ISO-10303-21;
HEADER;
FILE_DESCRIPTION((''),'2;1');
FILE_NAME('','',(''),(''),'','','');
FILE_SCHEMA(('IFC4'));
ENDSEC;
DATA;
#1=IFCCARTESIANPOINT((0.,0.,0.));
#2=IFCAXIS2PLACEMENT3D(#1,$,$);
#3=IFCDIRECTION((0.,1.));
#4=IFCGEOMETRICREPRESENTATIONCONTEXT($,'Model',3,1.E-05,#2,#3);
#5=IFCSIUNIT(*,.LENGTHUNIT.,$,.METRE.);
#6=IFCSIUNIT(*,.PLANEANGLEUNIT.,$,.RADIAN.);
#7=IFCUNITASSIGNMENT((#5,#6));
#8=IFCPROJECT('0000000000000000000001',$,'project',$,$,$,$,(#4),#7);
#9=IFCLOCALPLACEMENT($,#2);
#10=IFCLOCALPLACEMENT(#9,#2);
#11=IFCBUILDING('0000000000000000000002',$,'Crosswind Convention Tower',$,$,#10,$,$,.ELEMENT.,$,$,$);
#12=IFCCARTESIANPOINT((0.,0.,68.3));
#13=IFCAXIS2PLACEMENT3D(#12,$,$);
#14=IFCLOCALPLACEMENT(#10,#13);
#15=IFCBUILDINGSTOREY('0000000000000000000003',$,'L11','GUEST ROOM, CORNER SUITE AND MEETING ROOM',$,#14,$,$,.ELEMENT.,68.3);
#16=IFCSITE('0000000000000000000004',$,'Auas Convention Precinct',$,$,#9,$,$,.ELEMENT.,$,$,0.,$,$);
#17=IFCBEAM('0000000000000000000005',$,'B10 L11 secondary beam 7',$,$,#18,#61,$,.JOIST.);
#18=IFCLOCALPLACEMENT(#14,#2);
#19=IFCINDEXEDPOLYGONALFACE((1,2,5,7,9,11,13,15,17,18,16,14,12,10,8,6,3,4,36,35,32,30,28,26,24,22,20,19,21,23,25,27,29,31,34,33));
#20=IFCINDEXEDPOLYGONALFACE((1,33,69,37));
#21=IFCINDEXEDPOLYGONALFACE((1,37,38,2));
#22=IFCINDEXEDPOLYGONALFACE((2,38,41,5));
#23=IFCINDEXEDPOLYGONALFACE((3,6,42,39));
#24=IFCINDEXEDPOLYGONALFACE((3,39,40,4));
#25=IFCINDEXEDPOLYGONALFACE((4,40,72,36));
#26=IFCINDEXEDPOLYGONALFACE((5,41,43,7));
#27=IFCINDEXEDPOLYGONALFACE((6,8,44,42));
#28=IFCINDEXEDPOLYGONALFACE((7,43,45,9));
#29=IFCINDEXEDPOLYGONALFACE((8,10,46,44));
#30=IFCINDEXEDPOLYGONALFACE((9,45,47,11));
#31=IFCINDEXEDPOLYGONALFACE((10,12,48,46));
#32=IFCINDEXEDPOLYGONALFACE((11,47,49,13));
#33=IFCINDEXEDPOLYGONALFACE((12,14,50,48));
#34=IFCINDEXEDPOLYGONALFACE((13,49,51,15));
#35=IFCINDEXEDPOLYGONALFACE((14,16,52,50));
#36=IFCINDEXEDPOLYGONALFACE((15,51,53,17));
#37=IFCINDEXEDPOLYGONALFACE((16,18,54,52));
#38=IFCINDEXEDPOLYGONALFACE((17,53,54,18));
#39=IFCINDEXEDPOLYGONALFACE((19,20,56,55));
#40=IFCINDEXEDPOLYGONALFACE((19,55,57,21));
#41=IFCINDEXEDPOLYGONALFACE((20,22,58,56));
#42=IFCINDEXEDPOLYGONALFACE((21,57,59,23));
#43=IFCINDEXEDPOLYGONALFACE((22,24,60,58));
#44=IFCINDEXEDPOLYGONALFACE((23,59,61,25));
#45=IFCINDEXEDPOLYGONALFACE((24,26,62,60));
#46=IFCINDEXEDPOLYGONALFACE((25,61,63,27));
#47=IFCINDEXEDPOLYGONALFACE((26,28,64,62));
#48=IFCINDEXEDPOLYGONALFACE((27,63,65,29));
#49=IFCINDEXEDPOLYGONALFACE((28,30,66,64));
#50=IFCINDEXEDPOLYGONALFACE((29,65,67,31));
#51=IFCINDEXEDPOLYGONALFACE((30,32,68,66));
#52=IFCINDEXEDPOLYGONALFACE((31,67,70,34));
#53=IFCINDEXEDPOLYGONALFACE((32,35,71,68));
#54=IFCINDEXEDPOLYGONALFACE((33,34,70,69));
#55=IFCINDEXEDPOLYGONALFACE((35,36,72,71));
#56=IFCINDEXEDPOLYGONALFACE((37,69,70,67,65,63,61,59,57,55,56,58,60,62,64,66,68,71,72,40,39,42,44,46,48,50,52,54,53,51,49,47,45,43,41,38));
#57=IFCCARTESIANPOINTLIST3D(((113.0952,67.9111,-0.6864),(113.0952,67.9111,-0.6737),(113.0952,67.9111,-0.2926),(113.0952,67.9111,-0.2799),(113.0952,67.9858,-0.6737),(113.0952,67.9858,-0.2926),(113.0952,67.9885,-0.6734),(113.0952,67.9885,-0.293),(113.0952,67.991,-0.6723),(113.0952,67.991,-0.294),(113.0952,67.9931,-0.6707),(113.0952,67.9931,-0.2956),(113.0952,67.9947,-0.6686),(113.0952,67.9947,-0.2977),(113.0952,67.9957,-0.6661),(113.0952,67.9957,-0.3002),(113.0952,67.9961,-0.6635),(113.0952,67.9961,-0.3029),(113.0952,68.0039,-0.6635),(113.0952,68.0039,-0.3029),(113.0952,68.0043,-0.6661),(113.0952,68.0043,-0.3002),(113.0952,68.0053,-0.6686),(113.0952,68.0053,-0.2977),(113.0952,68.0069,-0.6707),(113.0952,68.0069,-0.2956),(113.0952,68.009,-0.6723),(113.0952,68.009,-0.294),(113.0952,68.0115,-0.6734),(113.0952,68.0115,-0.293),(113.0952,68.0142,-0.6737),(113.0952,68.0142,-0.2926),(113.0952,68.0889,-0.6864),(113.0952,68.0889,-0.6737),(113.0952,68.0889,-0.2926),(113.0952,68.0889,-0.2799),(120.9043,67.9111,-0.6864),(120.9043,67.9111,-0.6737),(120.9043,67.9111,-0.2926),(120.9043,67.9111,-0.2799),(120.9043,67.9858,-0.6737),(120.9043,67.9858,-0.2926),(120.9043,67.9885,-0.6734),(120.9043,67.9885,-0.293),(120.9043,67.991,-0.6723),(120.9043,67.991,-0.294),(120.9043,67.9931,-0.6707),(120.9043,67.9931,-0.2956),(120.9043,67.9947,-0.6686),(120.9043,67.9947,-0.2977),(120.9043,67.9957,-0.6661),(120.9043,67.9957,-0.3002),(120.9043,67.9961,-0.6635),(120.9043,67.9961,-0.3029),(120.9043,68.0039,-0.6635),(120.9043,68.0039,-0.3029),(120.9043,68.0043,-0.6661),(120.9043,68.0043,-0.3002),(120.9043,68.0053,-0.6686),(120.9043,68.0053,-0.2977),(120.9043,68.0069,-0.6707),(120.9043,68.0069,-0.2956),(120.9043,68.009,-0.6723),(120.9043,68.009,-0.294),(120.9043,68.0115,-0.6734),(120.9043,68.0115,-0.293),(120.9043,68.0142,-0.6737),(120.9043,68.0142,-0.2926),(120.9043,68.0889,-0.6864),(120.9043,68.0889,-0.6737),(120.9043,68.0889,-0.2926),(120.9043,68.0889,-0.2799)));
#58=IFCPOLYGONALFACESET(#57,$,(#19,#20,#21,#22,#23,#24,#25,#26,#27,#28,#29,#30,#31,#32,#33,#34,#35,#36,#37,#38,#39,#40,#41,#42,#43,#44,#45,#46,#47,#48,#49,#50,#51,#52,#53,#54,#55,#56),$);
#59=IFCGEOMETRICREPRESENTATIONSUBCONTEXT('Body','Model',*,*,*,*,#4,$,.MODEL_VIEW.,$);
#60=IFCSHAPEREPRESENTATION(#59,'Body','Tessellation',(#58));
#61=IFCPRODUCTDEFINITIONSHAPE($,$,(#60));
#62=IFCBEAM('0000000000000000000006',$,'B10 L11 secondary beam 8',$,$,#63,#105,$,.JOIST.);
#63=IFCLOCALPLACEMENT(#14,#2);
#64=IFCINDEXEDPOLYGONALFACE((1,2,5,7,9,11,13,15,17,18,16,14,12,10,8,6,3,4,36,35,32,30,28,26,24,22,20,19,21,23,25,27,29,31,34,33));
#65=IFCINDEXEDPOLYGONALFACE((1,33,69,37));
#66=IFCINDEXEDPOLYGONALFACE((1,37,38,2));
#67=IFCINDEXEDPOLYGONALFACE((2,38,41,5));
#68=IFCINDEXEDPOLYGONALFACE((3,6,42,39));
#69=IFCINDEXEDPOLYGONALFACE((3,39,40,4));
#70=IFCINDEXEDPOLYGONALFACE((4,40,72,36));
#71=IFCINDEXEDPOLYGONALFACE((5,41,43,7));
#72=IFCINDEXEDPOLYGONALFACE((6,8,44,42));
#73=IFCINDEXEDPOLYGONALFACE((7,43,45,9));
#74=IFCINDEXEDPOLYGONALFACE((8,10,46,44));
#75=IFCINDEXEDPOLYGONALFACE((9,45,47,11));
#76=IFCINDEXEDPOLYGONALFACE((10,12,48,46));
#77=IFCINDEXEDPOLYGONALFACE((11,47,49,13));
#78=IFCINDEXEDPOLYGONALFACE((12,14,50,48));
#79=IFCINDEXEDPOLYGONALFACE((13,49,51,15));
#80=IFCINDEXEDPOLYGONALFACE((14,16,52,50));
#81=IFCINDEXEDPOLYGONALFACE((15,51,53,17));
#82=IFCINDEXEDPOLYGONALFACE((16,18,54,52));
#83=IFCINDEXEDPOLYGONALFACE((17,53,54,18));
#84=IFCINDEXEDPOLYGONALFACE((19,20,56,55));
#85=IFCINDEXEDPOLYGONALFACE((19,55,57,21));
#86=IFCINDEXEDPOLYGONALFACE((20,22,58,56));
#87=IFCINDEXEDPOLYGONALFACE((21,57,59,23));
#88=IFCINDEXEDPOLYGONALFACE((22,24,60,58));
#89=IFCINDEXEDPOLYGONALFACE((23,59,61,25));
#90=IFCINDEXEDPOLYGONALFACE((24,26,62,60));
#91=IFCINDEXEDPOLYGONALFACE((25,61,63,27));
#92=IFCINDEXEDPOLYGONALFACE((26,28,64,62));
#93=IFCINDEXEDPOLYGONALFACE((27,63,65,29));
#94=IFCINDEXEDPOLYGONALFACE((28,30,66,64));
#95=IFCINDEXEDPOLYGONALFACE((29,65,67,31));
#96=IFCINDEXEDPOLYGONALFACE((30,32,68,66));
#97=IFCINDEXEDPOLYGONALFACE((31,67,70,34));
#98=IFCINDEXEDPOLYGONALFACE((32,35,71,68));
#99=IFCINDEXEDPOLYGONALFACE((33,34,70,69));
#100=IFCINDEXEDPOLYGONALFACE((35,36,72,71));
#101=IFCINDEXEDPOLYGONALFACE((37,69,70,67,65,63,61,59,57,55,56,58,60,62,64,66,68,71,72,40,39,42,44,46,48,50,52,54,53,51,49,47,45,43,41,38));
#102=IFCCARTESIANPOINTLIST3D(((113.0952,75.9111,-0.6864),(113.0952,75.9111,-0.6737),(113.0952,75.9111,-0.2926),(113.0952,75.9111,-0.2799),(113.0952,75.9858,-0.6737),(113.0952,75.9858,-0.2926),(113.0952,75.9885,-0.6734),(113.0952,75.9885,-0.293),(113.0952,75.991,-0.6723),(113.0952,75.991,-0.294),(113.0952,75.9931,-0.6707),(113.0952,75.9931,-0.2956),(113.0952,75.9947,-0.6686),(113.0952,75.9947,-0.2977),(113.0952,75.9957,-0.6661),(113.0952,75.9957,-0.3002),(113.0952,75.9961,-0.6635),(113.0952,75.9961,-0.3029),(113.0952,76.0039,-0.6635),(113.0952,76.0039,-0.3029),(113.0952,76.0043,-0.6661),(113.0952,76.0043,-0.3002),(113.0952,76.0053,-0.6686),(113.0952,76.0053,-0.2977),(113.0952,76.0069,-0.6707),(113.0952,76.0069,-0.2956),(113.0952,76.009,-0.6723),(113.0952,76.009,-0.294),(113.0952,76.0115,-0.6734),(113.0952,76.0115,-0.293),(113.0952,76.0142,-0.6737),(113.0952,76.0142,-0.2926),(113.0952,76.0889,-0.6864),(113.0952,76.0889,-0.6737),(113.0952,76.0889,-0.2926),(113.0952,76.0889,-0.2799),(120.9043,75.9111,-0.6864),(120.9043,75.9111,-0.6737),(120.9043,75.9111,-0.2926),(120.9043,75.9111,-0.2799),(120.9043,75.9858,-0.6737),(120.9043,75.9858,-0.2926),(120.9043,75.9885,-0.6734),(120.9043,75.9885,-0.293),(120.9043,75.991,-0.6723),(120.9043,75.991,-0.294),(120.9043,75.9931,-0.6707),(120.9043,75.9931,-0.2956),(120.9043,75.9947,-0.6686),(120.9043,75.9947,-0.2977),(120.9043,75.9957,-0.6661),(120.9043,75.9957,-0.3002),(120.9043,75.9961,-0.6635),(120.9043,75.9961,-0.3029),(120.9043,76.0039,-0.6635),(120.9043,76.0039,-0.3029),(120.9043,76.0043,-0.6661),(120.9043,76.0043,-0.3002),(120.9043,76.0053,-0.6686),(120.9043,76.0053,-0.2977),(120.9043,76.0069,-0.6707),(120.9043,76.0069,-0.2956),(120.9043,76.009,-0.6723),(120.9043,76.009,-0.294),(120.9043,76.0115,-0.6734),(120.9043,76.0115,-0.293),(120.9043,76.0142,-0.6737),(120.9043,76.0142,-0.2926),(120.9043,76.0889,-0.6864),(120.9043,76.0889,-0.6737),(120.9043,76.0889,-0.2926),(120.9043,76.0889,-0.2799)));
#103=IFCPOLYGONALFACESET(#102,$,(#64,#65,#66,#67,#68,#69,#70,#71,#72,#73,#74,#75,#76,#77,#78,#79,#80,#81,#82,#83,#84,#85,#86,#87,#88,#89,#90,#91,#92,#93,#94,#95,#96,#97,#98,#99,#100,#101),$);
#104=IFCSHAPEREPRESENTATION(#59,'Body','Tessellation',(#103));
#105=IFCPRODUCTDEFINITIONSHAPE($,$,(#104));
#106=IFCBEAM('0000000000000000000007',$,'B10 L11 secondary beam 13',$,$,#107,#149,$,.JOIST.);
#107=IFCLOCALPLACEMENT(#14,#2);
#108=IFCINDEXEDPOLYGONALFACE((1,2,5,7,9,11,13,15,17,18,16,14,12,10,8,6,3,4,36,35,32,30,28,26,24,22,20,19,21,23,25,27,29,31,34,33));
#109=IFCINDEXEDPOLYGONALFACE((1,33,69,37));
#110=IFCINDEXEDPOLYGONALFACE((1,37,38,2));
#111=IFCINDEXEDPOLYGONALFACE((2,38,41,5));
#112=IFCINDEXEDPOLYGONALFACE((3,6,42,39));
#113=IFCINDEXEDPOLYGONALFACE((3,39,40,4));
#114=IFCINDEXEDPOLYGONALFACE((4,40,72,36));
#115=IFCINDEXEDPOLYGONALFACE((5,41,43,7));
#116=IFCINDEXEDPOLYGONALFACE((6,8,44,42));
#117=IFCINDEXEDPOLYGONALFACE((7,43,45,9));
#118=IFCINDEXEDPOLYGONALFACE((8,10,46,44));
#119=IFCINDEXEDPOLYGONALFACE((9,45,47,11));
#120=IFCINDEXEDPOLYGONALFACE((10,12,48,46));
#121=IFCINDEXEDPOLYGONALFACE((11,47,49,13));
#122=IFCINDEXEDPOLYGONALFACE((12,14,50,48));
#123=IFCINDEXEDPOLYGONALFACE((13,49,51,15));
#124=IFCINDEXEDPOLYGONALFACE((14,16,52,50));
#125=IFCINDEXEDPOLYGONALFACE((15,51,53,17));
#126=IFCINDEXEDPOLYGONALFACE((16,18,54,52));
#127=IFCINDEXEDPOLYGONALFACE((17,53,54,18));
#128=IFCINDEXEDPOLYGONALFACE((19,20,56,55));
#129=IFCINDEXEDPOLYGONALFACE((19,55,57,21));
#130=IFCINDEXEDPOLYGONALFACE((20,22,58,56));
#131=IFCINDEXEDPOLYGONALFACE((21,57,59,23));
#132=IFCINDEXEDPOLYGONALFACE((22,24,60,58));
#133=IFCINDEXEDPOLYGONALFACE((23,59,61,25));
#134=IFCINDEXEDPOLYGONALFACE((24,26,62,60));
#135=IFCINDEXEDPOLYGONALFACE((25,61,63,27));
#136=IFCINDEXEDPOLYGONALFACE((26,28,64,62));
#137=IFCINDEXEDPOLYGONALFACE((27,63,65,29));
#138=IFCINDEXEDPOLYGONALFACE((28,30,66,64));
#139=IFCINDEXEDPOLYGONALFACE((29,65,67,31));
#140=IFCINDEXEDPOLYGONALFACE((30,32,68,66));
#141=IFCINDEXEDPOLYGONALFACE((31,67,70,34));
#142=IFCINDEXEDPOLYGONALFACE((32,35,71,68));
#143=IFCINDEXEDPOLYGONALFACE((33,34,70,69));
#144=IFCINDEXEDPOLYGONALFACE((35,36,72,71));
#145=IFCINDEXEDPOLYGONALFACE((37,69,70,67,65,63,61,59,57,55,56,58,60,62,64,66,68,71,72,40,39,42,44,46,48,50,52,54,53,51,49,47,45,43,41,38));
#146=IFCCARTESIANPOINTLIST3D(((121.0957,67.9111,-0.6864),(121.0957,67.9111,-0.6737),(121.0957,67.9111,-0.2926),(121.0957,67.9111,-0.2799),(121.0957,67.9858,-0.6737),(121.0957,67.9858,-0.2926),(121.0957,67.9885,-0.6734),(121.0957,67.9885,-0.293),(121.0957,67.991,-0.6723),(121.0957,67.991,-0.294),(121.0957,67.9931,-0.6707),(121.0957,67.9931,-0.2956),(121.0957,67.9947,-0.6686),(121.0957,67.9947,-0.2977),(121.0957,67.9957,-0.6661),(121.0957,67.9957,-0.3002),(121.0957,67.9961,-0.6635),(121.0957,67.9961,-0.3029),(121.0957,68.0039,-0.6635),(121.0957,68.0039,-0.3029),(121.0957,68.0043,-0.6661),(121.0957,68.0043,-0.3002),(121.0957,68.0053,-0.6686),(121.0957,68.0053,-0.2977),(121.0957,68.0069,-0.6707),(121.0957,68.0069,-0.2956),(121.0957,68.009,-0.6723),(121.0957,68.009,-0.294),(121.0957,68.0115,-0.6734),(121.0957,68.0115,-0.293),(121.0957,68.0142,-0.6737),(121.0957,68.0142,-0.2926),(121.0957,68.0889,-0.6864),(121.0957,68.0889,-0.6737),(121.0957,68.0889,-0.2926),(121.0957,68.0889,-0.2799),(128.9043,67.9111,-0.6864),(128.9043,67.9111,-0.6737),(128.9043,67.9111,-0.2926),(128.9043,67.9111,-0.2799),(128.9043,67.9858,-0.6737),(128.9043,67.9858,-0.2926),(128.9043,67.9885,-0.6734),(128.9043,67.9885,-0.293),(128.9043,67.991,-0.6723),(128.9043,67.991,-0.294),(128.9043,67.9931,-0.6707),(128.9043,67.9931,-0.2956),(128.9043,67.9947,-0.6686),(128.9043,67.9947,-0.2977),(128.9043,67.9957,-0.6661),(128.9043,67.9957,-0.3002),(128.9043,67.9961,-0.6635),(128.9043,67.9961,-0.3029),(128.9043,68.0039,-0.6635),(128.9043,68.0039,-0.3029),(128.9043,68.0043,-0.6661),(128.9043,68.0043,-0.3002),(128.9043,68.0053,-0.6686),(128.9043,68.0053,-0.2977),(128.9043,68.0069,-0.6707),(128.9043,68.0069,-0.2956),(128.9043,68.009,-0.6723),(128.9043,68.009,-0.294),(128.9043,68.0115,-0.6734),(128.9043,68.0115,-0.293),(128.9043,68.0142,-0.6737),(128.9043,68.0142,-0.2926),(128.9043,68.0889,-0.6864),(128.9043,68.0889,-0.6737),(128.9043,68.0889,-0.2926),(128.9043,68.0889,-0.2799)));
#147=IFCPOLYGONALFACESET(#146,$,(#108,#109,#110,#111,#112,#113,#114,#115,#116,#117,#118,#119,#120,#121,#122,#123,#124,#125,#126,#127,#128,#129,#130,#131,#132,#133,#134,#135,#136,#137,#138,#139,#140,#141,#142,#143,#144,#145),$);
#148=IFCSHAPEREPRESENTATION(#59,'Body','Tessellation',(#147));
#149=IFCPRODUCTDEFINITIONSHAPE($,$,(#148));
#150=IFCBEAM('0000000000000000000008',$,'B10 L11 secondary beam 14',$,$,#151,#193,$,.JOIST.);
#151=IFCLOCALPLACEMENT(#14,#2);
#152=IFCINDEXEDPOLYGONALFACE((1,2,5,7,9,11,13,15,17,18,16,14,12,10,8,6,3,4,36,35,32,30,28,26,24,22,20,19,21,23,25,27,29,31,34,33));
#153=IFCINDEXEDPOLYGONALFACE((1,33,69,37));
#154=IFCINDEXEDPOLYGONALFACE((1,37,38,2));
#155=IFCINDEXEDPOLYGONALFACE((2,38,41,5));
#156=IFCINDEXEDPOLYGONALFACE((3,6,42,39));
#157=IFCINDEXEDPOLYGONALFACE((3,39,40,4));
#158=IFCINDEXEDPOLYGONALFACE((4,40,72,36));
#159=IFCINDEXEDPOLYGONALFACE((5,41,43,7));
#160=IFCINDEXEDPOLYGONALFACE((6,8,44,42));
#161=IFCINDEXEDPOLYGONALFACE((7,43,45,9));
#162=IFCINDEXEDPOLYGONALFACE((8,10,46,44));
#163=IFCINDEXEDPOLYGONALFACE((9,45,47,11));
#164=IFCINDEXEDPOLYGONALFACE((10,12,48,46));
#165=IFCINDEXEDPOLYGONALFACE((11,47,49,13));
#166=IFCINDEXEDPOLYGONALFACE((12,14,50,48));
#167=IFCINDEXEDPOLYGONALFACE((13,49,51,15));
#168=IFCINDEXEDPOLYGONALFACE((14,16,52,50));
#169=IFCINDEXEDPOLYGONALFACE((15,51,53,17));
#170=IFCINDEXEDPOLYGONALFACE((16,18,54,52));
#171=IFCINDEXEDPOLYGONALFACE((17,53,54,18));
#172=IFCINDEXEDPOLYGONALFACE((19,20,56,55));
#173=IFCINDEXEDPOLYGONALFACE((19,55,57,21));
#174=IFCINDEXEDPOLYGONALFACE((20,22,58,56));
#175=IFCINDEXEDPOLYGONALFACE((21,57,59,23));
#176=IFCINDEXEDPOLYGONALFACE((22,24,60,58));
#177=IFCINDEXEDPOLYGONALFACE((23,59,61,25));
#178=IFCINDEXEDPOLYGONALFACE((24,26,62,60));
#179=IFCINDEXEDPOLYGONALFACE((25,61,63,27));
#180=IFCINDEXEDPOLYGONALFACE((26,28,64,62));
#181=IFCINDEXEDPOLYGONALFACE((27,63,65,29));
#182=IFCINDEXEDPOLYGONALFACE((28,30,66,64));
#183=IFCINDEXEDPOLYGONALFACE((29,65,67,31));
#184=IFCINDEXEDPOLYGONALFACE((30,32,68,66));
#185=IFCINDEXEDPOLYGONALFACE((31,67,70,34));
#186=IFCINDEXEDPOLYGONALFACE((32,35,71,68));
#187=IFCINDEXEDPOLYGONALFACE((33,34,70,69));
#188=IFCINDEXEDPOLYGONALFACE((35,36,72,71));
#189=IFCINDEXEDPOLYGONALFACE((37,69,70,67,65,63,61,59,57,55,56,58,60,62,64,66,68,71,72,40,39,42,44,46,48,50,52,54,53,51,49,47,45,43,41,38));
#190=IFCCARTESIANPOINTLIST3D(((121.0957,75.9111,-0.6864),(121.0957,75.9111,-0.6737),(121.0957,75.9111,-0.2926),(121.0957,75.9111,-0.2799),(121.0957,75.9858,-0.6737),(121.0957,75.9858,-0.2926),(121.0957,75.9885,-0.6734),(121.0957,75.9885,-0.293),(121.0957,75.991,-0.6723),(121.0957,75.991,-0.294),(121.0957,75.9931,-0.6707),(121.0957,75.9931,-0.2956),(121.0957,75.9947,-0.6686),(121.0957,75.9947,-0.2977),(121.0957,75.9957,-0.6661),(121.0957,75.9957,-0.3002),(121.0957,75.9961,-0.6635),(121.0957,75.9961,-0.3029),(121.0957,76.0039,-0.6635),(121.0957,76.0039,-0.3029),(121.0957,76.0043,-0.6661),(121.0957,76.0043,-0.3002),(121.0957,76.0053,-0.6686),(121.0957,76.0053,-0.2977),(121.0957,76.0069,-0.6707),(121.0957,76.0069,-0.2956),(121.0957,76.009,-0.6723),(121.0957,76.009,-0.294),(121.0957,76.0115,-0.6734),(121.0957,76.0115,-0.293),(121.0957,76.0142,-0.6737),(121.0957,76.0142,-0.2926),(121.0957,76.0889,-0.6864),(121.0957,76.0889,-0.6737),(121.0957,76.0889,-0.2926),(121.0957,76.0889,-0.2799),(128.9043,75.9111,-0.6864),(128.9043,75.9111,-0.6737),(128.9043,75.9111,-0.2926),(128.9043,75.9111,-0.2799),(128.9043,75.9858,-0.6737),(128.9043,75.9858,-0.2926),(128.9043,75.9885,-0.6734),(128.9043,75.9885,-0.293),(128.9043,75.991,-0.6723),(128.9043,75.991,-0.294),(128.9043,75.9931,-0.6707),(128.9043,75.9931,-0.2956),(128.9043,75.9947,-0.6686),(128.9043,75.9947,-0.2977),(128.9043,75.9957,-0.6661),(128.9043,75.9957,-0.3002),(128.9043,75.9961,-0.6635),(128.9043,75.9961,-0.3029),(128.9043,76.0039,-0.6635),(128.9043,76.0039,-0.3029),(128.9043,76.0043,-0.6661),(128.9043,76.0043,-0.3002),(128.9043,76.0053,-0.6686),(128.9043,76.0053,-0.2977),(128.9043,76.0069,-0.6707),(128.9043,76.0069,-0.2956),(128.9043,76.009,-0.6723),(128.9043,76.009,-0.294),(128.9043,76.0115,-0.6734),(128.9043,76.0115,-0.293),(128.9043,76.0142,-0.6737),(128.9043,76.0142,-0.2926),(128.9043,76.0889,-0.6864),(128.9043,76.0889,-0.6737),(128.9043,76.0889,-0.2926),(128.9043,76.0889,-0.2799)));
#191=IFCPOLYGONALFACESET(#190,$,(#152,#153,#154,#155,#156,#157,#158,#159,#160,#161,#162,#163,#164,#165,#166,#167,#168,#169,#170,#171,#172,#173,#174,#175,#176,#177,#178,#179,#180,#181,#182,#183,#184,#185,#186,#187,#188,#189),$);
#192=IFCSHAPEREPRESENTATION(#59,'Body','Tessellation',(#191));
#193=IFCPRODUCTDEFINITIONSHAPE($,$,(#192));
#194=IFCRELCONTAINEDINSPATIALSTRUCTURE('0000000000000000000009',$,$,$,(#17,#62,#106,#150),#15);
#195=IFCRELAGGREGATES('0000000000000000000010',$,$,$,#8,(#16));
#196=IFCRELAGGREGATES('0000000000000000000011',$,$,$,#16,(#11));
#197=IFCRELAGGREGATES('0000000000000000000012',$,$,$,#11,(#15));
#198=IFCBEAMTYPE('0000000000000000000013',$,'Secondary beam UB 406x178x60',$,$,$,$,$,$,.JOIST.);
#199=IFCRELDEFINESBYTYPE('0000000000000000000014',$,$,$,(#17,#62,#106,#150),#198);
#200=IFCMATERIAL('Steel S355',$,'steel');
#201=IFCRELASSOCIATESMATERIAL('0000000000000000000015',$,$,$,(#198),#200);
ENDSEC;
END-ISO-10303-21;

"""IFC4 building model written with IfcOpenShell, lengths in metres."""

from ifc_helpers import new_model, si_unit, direction, frame, origin, origin_2d, place, context, subcontext, project, spatial, i_section, extrude, material, material_profile, profile_set, type_object, element, save


model = new_model("IFC4")

# Units and contexts
model_context = context("Model", 3, precision=1e-05, world=origin(), true_north=direction((0.0, 1.0)))
body_context = subcontext(model_context, "Body", "Model", "MODEL_VIEW")
ifc_project = project(units=[si_unit("LENGTHUNIT", "METRE"), si_unit("PLANEANGLEUNIT", "RADIAN")], contexts=[model_context])

# Site, building, storey
site_placement = place(None, origin())
site = spatial("IfcSite", under=ifc_project, at=site_placement, Name="Auas Convention Precinct", CompositionType="ELEMENT", RefElevation=0.0)
building_placement = place(site_placement, origin())
building = spatial("IfcBuilding", under=site, at=building_placement, Name="Crosswind Convention Tower", CompositionType="ELEMENT")
storey_placement = place(building_placement, frame((0.0, 0.0, 68.3)))
storey = spatial("IfcBuildingStorey", under=building, at=storey_placement, Name="L11", Description="GUEST ROOM, CORNER SUITE AND MEETING ROOM", CompositionType="ELEMENT", Elevation=68.3)

# Beams
ifc_material_1 = material(Name="Steel S355", Category="steel")
ifc_material_profile_1 = material_profile(ifc_material_1, i_section(OverallWidth=0.1777, OverallDepth=0.4065, WebThickness=0.0078, FlangeThickness=0.0127, FilletRadius=0.0103, at=origin_2d()), Name="UB 406x178x60")
ifc_profile_set_1 = profile_set([ifc_material_profile_1], Name="Steel S355")
beam_type_1 = type_object("IfcBeamType", Name="Secondary beam UB 406x178x60", PredefinedType="JOIST", material=ifc_profile_set_1)
for number, where, z_axis, x_axis, name in (
    (1, (113.0952, 68.0, -0.4832), (1.0, 0.0, 0.0), (0.0, 1.0, 0.0), "B10 L11 secondary beam 7"),
    (2, (113.0952, 76.0, -0.4832), (1.0, 0.0, 0.0), (0.0, 1.0, 0.0), "B10 L11 secondary beam 8"),
):
    element("IfcBeam", number, at=place(storey_placement, frame(where, z_axis=z_axis, x_axis=x_axis)), inside=storey, type_object=beam_type_1, Name=name, PredefinedType="JOIST", context=body_context, shape_type="SweptSolid", body=[
        extrude(i_section(OverallWidth=0.1777, OverallDepth=0.4065, WebThickness=0.0078, FlangeThickness=0.0127, FilletRadius=0.0103, at=origin_2d()), origin(), (0.0, 0.0, 1.0), 7.8091),
    ])
for number, where, z_axis, x_axis, name in (
    (3, (121.0957, 68.0, -0.4832), (1.0, 0.0, 0.0), (0.0, 1.0, 0.0), "B10 L11 secondary beam 13"),
    (4, (121.0957, 76.0, -0.4832), (1.0, 0.0, 0.0), (0.0, 1.0, 0.0), "B10 L11 secondary beam 14"),
):
    element("IfcBeam", number, at=place(storey_placement, frame(where, z_axis=z_axis, x_axis=x_axis)), inside=storey, type_object=beam_type_1, Name=name, PredefinedType="JOIST", context=body_context, shape_type="SweptSolid", body=[
        extrude(i_section(OverallWidth=0.1777, OverallDepth=0.4065, WebThickness=0.0078, FlangeThickness=0.0127, FilletRadius=0.0103, at=origin_2d()), origin(), (0.0, 0.0, 1.0), 7.8086),
    ])

save(model, "model.ifc")
